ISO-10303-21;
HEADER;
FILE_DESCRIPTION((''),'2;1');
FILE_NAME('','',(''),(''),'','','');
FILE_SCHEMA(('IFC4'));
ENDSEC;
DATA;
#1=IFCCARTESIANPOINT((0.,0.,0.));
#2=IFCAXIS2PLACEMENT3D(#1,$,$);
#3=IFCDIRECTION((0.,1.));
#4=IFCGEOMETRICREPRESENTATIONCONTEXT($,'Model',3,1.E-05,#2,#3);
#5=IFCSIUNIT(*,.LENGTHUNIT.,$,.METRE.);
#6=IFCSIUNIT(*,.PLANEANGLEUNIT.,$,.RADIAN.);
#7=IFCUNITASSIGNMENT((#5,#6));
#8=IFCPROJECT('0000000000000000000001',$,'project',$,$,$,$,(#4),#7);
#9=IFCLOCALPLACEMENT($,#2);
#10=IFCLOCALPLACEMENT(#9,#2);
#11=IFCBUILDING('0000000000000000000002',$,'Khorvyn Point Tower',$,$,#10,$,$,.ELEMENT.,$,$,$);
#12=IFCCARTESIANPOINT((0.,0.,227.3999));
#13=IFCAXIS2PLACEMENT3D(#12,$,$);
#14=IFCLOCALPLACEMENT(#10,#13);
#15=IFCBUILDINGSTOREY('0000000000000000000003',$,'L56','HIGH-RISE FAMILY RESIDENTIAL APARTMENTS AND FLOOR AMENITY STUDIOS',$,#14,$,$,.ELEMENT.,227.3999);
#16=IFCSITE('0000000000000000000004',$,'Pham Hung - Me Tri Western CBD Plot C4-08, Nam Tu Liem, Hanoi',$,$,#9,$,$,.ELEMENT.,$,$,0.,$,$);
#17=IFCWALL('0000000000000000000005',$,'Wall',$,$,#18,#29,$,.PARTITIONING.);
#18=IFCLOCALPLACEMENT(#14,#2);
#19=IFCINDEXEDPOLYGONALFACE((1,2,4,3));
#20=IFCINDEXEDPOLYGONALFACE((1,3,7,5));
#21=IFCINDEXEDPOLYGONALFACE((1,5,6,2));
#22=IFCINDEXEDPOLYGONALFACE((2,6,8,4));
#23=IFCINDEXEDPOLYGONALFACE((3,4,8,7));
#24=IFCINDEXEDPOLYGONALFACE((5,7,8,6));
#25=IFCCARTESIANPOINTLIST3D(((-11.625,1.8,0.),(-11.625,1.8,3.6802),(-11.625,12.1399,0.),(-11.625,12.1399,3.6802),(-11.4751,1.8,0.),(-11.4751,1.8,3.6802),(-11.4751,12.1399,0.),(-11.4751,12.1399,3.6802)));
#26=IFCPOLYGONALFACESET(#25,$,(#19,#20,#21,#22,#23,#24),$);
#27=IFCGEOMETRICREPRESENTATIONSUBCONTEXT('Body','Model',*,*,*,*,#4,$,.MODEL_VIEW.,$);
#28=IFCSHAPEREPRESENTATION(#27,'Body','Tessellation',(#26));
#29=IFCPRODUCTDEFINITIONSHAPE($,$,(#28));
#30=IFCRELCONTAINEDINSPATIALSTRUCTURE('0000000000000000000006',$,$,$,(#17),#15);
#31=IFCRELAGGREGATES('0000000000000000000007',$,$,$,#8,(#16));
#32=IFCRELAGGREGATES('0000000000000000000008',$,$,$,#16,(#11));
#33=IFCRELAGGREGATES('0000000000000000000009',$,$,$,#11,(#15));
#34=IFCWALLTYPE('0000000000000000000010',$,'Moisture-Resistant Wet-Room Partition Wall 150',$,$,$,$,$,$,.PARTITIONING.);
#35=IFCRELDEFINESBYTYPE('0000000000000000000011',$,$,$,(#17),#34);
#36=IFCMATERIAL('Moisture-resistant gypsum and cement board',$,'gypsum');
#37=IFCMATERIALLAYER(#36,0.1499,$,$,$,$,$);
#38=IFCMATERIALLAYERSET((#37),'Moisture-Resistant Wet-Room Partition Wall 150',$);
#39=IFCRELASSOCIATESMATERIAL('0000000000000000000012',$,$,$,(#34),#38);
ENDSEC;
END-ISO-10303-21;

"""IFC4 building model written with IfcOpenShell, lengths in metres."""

from ifc_helpers import new_model, si_unit, direction, frame, frame_2d, origin, place, context, subcontext, project, spatial, rectangle, extrude, material, layer, layer_set, type_object, element, save


model = new_model("IFC4")

# Units and contexts
model_context = context("Model", 3, precision=1e-05, world=origin(), true_north=direction((0.0, 1.0)))
body_context = subcontext(model_context, "Body", "Model", "MODEL_VIEW")
ifc_project = project(units=[si_unit("LENGTHUNIT", "METRE"), si_unit("PLANEANGLEUNIT", "RADIAN")], contexts=[model_context])

# Site, building, storey
site_placement = place(None, origin())
site = spatial("IfcSite", under=ifc_project, at=site_placement, Name="Pham Hung - Me Tri Western CBD Plot C4-08, Nam Tu Liem, Hanoi", CompositionType="ELEMENT", RefElevation=0.0)
building_placement = place(site_placement, origin())
building = spatial("IfcBuilding", under=site, at=building_placement, Name="Khorvyn Point Tower", CompositionType="ELEMENT")
storey_placement = place(building_placement, frame((0.0, 0.0, 227.3999)))
storey = spatial("IfcBuildingStorey", under=building, at=storey_placement, Name="L56", Description="HIGH-RISE FAMILY RESIDENTIAL APARTMENTS AND FLOOR AMENITY STUDIOS", CompositionType="ELEMENT", Elevation=227.3999)

# Wall
ifc_material_1 = material(Name="Moisture-resistant gypsum and cement board", Category="gypsum")
ifc_layer_1 = layer(ifc_material_1, 0.1499)
ifc_layer_set_1 = layer_set([ifc_layer_1], Name="Moisture-Resistant Wet-Room Partition Wall 150")
wall_type_1 = type_object("IfcWallType", Name="Moisture-Resistant Wet-Room Partition Wall 150", PredefinedType="PARTITIONING", material=ifc_layer_set_1)
wall_1_placement = place(storey_placement, frame((-11.55, 1.8, 0.0), z_axis=(0.0, 0.0, 1.0), x_axis=(0.0, 1.0, 0.0)))
element("IfcWall", 1, at=wall_1_placement, inside=storey, type_object=wall_type_1, Name="Wall", PredefinedType="PARTITIONING", context=body_context, shape_type="SweptSolid", body=[
    extrude(rectangle(XDim=10.3398, YDim=0.1499, at=frame_2d((5.1699, 0.0))), origin(), (0.0, 0.0, 1.0), 3.6802),
])

save(model, "model.ifc")
